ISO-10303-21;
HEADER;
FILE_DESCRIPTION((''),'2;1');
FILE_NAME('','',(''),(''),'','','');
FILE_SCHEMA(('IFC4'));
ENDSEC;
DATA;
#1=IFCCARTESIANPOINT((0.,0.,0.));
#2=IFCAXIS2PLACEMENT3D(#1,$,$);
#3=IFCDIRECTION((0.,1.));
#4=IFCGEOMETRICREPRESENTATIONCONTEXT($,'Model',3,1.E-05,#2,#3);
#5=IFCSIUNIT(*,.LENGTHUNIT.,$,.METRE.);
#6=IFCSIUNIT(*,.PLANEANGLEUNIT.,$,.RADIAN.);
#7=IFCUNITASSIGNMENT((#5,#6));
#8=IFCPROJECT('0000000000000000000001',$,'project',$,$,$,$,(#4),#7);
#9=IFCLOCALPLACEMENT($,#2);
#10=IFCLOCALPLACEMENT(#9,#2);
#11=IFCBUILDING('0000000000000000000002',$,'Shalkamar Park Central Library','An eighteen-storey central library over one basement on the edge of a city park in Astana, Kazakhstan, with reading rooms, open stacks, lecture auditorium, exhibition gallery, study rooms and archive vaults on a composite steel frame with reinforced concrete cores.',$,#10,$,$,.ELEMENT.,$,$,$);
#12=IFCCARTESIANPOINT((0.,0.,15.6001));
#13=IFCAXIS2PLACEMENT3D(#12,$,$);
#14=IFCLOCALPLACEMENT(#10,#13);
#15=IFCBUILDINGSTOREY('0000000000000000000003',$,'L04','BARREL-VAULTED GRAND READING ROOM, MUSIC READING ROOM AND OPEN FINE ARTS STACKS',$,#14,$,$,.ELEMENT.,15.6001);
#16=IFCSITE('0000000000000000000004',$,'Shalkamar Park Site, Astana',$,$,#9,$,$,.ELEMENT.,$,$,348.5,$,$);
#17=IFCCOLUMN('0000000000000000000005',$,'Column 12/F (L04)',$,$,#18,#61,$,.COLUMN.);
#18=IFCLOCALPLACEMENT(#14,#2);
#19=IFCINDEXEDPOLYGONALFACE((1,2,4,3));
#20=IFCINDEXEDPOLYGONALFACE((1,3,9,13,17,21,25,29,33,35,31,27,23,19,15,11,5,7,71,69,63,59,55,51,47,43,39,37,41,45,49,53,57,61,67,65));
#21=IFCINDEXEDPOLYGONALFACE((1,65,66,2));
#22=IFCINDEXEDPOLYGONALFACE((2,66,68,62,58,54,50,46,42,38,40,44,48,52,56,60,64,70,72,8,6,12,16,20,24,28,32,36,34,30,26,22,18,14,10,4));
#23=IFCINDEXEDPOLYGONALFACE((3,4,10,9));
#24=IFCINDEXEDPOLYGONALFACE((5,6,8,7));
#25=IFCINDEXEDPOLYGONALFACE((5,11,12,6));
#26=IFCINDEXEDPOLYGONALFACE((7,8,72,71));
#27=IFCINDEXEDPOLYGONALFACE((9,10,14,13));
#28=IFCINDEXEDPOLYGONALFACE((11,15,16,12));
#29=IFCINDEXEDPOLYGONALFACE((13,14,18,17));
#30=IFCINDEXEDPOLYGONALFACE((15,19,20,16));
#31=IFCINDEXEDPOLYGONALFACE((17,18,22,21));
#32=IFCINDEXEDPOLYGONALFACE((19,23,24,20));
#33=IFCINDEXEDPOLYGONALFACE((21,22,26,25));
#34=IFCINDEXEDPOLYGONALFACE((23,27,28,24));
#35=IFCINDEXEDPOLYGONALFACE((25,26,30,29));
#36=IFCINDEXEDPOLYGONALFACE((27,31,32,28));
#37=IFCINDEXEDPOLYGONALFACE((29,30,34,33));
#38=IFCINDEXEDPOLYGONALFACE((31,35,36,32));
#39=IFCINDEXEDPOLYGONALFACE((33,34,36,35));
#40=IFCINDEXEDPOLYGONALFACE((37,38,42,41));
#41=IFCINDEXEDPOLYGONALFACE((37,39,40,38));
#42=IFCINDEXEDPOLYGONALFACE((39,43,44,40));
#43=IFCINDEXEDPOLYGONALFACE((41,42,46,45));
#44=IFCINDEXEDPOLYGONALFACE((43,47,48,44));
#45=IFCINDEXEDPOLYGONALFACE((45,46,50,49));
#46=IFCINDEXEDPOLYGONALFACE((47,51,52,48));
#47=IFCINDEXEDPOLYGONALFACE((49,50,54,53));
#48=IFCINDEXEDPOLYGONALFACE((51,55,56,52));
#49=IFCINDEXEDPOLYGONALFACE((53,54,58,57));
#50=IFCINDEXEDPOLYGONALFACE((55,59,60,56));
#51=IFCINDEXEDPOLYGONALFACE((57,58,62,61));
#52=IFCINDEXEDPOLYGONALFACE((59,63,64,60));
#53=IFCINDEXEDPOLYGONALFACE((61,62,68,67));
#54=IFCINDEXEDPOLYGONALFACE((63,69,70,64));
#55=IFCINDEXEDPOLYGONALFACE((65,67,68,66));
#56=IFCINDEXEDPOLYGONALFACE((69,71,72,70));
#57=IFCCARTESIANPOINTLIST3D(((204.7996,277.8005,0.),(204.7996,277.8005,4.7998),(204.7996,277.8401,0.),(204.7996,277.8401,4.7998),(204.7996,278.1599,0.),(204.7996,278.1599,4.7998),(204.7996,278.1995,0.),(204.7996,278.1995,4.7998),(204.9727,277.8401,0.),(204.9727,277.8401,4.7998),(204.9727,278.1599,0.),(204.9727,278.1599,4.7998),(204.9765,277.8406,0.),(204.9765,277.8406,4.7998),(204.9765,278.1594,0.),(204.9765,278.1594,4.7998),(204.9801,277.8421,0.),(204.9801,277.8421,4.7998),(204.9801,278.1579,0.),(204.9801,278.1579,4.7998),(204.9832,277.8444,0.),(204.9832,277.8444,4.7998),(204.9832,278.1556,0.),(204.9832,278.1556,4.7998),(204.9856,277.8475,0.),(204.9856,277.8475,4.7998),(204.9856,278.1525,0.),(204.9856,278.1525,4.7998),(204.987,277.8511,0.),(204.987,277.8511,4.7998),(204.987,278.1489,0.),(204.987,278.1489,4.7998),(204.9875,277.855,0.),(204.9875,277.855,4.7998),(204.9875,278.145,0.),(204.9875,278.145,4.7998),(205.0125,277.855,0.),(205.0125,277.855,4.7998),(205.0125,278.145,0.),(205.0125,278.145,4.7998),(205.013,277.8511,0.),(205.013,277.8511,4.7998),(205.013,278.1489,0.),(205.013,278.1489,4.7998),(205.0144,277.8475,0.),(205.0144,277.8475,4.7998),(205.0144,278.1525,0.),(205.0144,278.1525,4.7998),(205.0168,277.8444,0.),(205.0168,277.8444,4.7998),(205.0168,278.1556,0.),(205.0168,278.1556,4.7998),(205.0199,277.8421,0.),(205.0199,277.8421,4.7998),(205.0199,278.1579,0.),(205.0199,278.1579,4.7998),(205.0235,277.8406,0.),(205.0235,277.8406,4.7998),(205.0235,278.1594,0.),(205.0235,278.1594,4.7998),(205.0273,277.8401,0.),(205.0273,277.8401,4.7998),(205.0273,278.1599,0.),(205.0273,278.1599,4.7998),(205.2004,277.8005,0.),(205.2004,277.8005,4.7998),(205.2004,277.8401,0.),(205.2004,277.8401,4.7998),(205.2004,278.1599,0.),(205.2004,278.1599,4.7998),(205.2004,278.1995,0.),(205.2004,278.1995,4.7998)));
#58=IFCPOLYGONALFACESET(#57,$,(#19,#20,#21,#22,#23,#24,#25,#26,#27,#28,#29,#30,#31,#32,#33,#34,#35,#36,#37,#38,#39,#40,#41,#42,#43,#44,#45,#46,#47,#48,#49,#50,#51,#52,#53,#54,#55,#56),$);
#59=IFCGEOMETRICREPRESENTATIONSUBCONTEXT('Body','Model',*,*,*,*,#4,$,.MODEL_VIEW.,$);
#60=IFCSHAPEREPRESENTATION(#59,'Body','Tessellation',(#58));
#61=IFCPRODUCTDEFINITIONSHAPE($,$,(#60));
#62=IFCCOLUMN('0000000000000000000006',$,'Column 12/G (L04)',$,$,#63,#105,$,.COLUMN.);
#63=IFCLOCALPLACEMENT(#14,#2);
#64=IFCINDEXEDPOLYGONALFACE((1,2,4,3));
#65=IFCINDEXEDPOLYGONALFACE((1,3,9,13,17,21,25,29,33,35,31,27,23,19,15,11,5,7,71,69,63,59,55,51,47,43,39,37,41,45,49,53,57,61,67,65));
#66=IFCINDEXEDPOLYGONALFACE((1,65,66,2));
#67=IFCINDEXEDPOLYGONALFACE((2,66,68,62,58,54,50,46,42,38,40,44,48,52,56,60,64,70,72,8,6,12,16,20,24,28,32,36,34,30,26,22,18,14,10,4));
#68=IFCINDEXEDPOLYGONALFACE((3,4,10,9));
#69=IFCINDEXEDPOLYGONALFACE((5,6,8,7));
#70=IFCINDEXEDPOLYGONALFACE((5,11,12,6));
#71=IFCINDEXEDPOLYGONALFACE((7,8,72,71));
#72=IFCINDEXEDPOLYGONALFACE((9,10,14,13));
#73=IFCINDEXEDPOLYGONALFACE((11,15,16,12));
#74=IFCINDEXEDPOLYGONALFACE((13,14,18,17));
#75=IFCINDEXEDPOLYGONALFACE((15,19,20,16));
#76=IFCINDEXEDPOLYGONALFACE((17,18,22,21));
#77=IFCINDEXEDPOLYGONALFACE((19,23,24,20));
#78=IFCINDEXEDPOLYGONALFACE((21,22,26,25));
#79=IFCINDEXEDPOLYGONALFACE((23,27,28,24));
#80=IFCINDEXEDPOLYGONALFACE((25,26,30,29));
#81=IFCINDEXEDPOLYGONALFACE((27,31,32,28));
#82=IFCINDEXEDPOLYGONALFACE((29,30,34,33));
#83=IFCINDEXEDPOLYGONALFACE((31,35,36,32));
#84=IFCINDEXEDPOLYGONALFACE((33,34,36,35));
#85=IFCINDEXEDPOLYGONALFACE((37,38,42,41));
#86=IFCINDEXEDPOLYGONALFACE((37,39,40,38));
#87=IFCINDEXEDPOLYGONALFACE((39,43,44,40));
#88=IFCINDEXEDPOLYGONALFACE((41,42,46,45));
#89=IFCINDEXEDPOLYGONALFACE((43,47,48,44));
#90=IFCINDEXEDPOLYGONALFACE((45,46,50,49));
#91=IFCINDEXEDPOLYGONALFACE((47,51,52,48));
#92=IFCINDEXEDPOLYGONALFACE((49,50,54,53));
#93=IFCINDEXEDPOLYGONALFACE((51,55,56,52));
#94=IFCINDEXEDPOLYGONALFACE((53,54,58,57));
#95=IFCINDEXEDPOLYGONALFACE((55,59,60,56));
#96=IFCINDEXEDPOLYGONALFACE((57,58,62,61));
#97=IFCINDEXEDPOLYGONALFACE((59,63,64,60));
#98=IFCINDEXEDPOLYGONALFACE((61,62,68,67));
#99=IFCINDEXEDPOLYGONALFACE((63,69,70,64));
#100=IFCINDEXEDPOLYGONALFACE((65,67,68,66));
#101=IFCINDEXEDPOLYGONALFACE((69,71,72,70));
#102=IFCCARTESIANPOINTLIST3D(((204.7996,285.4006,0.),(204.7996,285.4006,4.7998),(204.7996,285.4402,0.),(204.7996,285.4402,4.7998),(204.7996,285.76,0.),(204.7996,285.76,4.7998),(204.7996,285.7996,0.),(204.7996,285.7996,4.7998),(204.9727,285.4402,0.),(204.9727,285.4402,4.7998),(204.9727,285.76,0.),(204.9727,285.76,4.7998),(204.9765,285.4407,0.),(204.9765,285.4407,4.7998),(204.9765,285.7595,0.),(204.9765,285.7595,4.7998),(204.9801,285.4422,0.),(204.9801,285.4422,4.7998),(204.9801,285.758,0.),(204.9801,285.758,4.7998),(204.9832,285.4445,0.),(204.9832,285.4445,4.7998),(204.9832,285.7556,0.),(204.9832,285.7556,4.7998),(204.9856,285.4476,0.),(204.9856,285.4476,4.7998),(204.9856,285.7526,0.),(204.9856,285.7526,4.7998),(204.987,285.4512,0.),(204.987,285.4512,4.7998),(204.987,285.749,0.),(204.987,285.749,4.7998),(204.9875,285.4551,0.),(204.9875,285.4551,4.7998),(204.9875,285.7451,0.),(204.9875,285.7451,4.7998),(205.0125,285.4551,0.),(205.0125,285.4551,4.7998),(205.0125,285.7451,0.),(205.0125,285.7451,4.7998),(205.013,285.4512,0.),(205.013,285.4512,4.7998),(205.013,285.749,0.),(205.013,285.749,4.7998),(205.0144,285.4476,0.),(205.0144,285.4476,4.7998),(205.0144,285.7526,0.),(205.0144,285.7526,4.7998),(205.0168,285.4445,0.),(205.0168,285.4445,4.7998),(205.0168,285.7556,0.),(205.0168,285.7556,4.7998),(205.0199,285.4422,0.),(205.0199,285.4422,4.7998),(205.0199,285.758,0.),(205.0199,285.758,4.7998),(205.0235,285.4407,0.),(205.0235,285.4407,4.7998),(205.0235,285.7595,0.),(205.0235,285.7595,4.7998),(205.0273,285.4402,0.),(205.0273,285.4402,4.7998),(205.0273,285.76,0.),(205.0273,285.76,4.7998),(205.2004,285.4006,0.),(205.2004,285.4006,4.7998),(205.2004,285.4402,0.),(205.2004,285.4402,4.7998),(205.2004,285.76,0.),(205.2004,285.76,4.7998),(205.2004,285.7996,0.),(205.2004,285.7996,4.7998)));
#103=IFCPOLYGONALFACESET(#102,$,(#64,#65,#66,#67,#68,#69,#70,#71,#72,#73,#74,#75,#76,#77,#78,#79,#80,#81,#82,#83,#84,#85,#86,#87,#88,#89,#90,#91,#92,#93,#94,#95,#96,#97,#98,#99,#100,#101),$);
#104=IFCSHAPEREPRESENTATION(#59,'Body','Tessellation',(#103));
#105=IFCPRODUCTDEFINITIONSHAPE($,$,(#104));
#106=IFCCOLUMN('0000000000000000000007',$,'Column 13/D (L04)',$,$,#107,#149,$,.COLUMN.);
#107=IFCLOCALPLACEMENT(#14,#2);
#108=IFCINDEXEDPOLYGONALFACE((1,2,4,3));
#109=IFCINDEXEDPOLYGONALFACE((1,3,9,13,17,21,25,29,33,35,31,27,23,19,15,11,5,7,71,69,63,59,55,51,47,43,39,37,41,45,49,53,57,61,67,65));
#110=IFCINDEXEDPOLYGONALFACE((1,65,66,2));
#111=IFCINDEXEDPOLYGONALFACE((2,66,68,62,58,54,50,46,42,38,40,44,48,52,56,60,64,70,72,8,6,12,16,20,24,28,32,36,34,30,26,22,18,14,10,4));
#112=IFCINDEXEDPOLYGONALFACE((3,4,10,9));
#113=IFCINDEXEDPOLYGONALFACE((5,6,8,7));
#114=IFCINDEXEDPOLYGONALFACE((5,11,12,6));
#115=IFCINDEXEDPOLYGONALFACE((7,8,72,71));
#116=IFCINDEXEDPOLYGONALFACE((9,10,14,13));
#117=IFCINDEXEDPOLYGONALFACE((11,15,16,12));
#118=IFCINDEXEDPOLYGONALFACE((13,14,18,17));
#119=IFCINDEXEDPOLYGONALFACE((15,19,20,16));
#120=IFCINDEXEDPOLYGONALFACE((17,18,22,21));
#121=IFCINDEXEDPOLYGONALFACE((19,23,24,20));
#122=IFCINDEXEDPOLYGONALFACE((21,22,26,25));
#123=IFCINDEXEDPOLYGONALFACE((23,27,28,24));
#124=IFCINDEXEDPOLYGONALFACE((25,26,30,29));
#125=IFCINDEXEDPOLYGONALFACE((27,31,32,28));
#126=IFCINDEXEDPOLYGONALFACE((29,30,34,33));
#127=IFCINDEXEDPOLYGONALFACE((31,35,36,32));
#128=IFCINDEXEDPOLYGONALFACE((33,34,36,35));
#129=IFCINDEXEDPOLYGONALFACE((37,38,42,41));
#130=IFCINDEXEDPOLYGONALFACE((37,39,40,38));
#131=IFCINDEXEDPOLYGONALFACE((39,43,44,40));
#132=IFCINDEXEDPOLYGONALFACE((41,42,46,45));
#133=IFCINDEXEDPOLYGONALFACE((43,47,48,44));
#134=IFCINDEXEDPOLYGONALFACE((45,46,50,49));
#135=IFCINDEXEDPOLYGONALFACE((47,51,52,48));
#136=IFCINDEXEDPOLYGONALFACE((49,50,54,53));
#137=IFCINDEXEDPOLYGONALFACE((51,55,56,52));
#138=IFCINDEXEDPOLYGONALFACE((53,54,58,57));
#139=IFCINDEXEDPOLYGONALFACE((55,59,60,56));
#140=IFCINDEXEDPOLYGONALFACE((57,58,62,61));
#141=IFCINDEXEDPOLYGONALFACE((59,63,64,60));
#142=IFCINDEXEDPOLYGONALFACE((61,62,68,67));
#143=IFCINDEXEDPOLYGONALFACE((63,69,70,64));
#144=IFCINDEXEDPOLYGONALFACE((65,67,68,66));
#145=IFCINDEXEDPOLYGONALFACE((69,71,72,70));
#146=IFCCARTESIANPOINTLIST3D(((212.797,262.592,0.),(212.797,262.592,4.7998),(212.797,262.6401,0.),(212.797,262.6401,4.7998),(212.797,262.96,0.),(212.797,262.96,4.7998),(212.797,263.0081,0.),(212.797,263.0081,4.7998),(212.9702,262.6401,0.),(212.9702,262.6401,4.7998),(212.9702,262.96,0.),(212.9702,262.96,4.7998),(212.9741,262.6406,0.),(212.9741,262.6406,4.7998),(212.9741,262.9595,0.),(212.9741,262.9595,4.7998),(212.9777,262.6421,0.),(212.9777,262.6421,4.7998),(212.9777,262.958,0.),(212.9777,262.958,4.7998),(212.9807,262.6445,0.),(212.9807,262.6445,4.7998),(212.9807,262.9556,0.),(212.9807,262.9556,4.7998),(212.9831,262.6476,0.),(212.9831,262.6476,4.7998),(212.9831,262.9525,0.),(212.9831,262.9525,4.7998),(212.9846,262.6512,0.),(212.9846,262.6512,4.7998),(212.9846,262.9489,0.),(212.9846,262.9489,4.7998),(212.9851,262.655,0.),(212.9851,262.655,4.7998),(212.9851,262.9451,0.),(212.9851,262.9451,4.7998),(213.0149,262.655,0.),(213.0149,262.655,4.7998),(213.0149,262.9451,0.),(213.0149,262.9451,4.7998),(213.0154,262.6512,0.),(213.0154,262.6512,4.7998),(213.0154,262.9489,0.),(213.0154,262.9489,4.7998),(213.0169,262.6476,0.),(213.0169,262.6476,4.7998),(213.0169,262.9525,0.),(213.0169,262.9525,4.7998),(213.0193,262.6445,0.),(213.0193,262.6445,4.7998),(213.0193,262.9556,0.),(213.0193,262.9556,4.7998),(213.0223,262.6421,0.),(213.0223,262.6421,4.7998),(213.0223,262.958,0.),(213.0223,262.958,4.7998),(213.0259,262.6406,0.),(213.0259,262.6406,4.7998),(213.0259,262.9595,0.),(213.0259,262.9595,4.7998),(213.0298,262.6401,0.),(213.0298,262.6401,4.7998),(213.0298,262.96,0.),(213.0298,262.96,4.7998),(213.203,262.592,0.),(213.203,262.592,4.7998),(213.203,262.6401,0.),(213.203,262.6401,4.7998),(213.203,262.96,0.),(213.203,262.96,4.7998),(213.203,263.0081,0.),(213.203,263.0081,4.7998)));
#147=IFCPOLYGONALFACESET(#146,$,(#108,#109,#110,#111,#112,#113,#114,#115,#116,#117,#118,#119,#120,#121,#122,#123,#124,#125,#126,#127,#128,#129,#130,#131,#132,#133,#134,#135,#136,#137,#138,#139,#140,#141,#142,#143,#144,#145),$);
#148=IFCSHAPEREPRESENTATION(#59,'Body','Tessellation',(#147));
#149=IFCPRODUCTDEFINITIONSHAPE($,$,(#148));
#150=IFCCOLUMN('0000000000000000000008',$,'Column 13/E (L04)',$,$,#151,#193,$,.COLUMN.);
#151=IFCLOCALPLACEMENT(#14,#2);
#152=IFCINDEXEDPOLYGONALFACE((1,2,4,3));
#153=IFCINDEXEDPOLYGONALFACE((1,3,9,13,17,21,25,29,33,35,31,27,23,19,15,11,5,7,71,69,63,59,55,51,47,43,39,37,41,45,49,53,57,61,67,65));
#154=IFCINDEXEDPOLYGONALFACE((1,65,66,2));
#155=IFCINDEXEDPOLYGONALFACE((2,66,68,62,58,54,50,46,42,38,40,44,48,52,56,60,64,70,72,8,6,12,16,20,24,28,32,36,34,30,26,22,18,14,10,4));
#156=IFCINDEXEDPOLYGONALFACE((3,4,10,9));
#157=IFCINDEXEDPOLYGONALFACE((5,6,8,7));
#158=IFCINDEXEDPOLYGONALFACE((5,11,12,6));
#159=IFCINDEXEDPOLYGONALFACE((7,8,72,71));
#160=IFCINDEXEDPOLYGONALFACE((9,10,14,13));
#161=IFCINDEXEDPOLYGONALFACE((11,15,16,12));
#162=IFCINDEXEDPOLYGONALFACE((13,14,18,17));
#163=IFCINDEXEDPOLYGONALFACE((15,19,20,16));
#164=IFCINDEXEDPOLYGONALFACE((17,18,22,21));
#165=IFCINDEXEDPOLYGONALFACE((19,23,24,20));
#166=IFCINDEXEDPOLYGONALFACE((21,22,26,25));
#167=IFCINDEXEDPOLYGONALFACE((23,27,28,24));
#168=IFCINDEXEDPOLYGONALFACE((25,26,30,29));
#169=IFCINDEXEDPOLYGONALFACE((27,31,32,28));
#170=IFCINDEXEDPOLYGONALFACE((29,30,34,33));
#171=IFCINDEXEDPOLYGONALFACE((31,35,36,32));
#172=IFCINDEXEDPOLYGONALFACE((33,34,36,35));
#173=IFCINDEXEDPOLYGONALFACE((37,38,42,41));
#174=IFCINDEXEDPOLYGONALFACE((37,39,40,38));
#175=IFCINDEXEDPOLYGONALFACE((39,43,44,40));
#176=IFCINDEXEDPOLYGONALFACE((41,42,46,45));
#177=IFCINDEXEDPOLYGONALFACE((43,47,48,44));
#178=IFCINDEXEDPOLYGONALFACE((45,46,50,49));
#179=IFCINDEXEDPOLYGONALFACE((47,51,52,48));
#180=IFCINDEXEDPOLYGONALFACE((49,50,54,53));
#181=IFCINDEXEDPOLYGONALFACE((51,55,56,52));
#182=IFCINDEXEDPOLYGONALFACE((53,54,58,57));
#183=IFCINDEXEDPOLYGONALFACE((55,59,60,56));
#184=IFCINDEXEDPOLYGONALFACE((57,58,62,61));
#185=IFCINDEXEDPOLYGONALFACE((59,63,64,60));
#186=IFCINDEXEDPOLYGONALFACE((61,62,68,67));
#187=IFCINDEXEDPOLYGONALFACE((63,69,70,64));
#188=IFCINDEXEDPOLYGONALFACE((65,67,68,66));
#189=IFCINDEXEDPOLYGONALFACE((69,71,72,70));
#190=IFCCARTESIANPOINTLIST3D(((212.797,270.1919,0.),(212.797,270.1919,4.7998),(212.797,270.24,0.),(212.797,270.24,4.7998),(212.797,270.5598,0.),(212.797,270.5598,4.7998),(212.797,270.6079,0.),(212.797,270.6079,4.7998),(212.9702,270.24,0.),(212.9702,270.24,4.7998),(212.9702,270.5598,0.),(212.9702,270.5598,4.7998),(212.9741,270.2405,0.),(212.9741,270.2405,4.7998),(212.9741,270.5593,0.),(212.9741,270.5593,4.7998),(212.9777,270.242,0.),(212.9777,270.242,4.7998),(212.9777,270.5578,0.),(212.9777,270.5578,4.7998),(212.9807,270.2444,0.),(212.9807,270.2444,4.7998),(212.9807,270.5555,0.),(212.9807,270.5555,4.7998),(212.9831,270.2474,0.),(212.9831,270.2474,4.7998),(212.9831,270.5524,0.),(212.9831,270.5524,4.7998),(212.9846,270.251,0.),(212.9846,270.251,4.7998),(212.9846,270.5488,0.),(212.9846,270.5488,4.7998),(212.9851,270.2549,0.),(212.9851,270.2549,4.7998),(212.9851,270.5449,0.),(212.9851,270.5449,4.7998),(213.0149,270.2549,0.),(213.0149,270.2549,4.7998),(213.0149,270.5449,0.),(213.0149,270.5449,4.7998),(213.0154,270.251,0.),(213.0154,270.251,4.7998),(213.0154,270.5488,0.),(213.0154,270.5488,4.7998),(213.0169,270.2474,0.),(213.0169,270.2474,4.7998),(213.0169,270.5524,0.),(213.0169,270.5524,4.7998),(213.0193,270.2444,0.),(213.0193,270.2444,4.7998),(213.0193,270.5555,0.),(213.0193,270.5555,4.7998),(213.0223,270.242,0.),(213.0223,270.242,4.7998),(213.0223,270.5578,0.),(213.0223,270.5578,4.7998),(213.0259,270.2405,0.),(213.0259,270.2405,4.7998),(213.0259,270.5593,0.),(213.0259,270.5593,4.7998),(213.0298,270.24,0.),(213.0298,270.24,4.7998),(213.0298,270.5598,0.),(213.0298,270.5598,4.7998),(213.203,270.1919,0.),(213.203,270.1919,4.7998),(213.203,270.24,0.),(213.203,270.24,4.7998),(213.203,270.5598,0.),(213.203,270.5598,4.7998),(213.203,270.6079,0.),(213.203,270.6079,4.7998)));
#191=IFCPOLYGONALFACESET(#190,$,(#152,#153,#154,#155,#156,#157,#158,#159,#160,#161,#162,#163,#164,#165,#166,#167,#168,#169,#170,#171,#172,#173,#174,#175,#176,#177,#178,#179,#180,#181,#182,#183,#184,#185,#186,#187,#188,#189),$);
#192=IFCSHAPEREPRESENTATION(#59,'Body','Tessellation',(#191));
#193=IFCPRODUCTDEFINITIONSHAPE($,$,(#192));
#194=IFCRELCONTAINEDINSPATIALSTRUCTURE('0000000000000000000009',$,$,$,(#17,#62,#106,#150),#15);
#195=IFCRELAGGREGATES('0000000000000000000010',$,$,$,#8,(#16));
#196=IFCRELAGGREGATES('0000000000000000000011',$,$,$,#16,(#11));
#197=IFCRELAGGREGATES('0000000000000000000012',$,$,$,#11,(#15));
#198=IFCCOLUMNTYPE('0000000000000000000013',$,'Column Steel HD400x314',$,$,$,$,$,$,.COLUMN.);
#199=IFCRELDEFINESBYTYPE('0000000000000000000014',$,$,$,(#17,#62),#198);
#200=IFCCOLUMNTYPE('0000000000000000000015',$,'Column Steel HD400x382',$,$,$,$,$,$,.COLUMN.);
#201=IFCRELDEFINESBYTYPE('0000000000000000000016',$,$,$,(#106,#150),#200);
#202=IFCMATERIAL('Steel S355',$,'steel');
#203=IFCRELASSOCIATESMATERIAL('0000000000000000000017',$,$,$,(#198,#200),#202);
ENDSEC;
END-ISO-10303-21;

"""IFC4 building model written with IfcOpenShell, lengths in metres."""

from ifc_helpers import new_model, si_unit, direction, frame, origin, origin_2d, place, context, subcontext, project, spatial, i_section, extrude, material, material_profile, profile_set, type_object, element, save


model = new_model("IFC4")

# Units and contexts
model_context = context("Model", 3, precision=1e-05, world=origin(), true_north=direction((0.0, 1.0)))
body_context = subcontext(model_context, "Body", "Model", "MODEL_VIEW")
ifc_project = project(units=[si_unit("LENGTHUNIT", "METRE"), si_unit("PLANEANGLEUNIT", "RADIAN")], contexts=[model_context])

# Site, building, storey
site_placement = place(None, origin())
site = spatial("IfcSite", under=ifc_project, at=site_placement, Name="Shalkamar Park Site, Astana", CompositionType="ELEMENT", RefElevation=348.5)
building_placement = place(site_placement, origin())
building = spatial("IfcBuilding", under=site, at=building_placement, Name="Shalkamar Park Central Library", Description="An eighteen-storey central library over one basement on the edge of a city park in Astana, Kazakhstan, with reading rooms, open stacks, lecture auditorium, exhibition gallery, study rooms and archive vaults on a composite steel frame with reinforced concrete cores.", CompositionType="ELEMENT")
storey_placement = place(building_placement, frame((0.0, 0.0, 15.6001)))
storey = spatial("IfcBuildingStorey", under=building, at=storey_placement, Name="L04", Description="BARREL-VAULTED GRAND READING ROOM, MUSIC READING ROOM AND OPEN FINE ARTS STACKS", CompositionType="ELEMENT", Elevation=15.6001)

# Columns
ifc_material = material(Name="Steel S355", Category="steel")
ifc_material_profile_1 = material_profile(ifc_material, i_section(OverallWidth=0.4009, OverallDepth=0.3989, WebThickness=0.0249, FlangeThickness=0.0396, FilletRadius=0.0149, at=origin_2d()), Name="HD 400x314")
ifc_profile_set_1 = profile_set([ifc_material_profile_1], Name="Steel S355")
column_type_1 = type_object("IfcColumnType", Name="Column Steel HD400x314", PredefinedType="COLUMN", material=ifc_profile_set_1)
for number, where, z_axis, x_axis, name in (
    (1, (205.0, 278.0, 0.0), (0.0, 0.0, 1.0), (1.0, 0.0, 0.0), "Column 12/F (L04)"),
    (2, (205.0, 285.6001, 0.0), (0.0, 0.0, 1.0), (1.0, 0.0, 0.0), "Column 12/G (L04)"),
):
    element("IfcColumn", number, at=place(storey_placement, frame(where, z_axis=z_axis, x_axis=x_axis)), inside=storey, type_object=column_type_1, Name=name, PredefinedType="COLUMN", context=body_context, shape_type="SweptSolid", body=[
        extrude(i_section(OverallWidth=0.4009, OverallDepth=0.3989, WebThickness=0.0249, FlangeThickness=0.0396, FilletRadius=0.0149, at=origin_2d()), origin(), (0.0, 0.0, 1.0), 4.7998),
    ])
ifc_material_profile_2 = material_profile(ifc_material, i_section(OverallWidth=0.406, OverallDepth=0.416, WebThickness=0.0298, FlangeThickness=0.0481, FilletRadius=0.0149, at=origin_2d()), Name="HD 400x382")
ifc_profile_set_2 = profile_set([ifc_material_profile_2], Name="Steel S355")
column_type_2 = type_object("IfcColumnType", Name="Column Steel HD400x382", PredefinedType="COLUMN", material=ifc_profile_set_2)
for number, where, z_axis, x_axis, name in (
    (3, (213.0, 262.8, 0.0), (0.0, 0.0, 1.0), (1.0, 0.0, 0.0), "Column 13/D (L04)"),
    (4, (213.0, 270.3999, 0.0), (0.0, 0.0, 1.0), (1.0, 0.0, 0.0), "Column 13/E (L04)"),
):
    element("IfcColumn", number, at=place(storey_placement, frame(where, z_axis=z_axis, x_axis=x_axis)), inside=storey, type_object=column_type_2, Name=name, PredefinedType="COLUMN", context=body_context, shape_type="SweptSolid", body=[
        extrude(i_section(OverallWidth=0.406, OverallDepth=0.416, WebThickness=0.0298, FlangeThickness=0.0481, FilletRadius=0.0149, at=origin_2d()), origin(), (0.0, 0.0, 1.0), 4.7998),
    ])

save(model, "model.ifc")
